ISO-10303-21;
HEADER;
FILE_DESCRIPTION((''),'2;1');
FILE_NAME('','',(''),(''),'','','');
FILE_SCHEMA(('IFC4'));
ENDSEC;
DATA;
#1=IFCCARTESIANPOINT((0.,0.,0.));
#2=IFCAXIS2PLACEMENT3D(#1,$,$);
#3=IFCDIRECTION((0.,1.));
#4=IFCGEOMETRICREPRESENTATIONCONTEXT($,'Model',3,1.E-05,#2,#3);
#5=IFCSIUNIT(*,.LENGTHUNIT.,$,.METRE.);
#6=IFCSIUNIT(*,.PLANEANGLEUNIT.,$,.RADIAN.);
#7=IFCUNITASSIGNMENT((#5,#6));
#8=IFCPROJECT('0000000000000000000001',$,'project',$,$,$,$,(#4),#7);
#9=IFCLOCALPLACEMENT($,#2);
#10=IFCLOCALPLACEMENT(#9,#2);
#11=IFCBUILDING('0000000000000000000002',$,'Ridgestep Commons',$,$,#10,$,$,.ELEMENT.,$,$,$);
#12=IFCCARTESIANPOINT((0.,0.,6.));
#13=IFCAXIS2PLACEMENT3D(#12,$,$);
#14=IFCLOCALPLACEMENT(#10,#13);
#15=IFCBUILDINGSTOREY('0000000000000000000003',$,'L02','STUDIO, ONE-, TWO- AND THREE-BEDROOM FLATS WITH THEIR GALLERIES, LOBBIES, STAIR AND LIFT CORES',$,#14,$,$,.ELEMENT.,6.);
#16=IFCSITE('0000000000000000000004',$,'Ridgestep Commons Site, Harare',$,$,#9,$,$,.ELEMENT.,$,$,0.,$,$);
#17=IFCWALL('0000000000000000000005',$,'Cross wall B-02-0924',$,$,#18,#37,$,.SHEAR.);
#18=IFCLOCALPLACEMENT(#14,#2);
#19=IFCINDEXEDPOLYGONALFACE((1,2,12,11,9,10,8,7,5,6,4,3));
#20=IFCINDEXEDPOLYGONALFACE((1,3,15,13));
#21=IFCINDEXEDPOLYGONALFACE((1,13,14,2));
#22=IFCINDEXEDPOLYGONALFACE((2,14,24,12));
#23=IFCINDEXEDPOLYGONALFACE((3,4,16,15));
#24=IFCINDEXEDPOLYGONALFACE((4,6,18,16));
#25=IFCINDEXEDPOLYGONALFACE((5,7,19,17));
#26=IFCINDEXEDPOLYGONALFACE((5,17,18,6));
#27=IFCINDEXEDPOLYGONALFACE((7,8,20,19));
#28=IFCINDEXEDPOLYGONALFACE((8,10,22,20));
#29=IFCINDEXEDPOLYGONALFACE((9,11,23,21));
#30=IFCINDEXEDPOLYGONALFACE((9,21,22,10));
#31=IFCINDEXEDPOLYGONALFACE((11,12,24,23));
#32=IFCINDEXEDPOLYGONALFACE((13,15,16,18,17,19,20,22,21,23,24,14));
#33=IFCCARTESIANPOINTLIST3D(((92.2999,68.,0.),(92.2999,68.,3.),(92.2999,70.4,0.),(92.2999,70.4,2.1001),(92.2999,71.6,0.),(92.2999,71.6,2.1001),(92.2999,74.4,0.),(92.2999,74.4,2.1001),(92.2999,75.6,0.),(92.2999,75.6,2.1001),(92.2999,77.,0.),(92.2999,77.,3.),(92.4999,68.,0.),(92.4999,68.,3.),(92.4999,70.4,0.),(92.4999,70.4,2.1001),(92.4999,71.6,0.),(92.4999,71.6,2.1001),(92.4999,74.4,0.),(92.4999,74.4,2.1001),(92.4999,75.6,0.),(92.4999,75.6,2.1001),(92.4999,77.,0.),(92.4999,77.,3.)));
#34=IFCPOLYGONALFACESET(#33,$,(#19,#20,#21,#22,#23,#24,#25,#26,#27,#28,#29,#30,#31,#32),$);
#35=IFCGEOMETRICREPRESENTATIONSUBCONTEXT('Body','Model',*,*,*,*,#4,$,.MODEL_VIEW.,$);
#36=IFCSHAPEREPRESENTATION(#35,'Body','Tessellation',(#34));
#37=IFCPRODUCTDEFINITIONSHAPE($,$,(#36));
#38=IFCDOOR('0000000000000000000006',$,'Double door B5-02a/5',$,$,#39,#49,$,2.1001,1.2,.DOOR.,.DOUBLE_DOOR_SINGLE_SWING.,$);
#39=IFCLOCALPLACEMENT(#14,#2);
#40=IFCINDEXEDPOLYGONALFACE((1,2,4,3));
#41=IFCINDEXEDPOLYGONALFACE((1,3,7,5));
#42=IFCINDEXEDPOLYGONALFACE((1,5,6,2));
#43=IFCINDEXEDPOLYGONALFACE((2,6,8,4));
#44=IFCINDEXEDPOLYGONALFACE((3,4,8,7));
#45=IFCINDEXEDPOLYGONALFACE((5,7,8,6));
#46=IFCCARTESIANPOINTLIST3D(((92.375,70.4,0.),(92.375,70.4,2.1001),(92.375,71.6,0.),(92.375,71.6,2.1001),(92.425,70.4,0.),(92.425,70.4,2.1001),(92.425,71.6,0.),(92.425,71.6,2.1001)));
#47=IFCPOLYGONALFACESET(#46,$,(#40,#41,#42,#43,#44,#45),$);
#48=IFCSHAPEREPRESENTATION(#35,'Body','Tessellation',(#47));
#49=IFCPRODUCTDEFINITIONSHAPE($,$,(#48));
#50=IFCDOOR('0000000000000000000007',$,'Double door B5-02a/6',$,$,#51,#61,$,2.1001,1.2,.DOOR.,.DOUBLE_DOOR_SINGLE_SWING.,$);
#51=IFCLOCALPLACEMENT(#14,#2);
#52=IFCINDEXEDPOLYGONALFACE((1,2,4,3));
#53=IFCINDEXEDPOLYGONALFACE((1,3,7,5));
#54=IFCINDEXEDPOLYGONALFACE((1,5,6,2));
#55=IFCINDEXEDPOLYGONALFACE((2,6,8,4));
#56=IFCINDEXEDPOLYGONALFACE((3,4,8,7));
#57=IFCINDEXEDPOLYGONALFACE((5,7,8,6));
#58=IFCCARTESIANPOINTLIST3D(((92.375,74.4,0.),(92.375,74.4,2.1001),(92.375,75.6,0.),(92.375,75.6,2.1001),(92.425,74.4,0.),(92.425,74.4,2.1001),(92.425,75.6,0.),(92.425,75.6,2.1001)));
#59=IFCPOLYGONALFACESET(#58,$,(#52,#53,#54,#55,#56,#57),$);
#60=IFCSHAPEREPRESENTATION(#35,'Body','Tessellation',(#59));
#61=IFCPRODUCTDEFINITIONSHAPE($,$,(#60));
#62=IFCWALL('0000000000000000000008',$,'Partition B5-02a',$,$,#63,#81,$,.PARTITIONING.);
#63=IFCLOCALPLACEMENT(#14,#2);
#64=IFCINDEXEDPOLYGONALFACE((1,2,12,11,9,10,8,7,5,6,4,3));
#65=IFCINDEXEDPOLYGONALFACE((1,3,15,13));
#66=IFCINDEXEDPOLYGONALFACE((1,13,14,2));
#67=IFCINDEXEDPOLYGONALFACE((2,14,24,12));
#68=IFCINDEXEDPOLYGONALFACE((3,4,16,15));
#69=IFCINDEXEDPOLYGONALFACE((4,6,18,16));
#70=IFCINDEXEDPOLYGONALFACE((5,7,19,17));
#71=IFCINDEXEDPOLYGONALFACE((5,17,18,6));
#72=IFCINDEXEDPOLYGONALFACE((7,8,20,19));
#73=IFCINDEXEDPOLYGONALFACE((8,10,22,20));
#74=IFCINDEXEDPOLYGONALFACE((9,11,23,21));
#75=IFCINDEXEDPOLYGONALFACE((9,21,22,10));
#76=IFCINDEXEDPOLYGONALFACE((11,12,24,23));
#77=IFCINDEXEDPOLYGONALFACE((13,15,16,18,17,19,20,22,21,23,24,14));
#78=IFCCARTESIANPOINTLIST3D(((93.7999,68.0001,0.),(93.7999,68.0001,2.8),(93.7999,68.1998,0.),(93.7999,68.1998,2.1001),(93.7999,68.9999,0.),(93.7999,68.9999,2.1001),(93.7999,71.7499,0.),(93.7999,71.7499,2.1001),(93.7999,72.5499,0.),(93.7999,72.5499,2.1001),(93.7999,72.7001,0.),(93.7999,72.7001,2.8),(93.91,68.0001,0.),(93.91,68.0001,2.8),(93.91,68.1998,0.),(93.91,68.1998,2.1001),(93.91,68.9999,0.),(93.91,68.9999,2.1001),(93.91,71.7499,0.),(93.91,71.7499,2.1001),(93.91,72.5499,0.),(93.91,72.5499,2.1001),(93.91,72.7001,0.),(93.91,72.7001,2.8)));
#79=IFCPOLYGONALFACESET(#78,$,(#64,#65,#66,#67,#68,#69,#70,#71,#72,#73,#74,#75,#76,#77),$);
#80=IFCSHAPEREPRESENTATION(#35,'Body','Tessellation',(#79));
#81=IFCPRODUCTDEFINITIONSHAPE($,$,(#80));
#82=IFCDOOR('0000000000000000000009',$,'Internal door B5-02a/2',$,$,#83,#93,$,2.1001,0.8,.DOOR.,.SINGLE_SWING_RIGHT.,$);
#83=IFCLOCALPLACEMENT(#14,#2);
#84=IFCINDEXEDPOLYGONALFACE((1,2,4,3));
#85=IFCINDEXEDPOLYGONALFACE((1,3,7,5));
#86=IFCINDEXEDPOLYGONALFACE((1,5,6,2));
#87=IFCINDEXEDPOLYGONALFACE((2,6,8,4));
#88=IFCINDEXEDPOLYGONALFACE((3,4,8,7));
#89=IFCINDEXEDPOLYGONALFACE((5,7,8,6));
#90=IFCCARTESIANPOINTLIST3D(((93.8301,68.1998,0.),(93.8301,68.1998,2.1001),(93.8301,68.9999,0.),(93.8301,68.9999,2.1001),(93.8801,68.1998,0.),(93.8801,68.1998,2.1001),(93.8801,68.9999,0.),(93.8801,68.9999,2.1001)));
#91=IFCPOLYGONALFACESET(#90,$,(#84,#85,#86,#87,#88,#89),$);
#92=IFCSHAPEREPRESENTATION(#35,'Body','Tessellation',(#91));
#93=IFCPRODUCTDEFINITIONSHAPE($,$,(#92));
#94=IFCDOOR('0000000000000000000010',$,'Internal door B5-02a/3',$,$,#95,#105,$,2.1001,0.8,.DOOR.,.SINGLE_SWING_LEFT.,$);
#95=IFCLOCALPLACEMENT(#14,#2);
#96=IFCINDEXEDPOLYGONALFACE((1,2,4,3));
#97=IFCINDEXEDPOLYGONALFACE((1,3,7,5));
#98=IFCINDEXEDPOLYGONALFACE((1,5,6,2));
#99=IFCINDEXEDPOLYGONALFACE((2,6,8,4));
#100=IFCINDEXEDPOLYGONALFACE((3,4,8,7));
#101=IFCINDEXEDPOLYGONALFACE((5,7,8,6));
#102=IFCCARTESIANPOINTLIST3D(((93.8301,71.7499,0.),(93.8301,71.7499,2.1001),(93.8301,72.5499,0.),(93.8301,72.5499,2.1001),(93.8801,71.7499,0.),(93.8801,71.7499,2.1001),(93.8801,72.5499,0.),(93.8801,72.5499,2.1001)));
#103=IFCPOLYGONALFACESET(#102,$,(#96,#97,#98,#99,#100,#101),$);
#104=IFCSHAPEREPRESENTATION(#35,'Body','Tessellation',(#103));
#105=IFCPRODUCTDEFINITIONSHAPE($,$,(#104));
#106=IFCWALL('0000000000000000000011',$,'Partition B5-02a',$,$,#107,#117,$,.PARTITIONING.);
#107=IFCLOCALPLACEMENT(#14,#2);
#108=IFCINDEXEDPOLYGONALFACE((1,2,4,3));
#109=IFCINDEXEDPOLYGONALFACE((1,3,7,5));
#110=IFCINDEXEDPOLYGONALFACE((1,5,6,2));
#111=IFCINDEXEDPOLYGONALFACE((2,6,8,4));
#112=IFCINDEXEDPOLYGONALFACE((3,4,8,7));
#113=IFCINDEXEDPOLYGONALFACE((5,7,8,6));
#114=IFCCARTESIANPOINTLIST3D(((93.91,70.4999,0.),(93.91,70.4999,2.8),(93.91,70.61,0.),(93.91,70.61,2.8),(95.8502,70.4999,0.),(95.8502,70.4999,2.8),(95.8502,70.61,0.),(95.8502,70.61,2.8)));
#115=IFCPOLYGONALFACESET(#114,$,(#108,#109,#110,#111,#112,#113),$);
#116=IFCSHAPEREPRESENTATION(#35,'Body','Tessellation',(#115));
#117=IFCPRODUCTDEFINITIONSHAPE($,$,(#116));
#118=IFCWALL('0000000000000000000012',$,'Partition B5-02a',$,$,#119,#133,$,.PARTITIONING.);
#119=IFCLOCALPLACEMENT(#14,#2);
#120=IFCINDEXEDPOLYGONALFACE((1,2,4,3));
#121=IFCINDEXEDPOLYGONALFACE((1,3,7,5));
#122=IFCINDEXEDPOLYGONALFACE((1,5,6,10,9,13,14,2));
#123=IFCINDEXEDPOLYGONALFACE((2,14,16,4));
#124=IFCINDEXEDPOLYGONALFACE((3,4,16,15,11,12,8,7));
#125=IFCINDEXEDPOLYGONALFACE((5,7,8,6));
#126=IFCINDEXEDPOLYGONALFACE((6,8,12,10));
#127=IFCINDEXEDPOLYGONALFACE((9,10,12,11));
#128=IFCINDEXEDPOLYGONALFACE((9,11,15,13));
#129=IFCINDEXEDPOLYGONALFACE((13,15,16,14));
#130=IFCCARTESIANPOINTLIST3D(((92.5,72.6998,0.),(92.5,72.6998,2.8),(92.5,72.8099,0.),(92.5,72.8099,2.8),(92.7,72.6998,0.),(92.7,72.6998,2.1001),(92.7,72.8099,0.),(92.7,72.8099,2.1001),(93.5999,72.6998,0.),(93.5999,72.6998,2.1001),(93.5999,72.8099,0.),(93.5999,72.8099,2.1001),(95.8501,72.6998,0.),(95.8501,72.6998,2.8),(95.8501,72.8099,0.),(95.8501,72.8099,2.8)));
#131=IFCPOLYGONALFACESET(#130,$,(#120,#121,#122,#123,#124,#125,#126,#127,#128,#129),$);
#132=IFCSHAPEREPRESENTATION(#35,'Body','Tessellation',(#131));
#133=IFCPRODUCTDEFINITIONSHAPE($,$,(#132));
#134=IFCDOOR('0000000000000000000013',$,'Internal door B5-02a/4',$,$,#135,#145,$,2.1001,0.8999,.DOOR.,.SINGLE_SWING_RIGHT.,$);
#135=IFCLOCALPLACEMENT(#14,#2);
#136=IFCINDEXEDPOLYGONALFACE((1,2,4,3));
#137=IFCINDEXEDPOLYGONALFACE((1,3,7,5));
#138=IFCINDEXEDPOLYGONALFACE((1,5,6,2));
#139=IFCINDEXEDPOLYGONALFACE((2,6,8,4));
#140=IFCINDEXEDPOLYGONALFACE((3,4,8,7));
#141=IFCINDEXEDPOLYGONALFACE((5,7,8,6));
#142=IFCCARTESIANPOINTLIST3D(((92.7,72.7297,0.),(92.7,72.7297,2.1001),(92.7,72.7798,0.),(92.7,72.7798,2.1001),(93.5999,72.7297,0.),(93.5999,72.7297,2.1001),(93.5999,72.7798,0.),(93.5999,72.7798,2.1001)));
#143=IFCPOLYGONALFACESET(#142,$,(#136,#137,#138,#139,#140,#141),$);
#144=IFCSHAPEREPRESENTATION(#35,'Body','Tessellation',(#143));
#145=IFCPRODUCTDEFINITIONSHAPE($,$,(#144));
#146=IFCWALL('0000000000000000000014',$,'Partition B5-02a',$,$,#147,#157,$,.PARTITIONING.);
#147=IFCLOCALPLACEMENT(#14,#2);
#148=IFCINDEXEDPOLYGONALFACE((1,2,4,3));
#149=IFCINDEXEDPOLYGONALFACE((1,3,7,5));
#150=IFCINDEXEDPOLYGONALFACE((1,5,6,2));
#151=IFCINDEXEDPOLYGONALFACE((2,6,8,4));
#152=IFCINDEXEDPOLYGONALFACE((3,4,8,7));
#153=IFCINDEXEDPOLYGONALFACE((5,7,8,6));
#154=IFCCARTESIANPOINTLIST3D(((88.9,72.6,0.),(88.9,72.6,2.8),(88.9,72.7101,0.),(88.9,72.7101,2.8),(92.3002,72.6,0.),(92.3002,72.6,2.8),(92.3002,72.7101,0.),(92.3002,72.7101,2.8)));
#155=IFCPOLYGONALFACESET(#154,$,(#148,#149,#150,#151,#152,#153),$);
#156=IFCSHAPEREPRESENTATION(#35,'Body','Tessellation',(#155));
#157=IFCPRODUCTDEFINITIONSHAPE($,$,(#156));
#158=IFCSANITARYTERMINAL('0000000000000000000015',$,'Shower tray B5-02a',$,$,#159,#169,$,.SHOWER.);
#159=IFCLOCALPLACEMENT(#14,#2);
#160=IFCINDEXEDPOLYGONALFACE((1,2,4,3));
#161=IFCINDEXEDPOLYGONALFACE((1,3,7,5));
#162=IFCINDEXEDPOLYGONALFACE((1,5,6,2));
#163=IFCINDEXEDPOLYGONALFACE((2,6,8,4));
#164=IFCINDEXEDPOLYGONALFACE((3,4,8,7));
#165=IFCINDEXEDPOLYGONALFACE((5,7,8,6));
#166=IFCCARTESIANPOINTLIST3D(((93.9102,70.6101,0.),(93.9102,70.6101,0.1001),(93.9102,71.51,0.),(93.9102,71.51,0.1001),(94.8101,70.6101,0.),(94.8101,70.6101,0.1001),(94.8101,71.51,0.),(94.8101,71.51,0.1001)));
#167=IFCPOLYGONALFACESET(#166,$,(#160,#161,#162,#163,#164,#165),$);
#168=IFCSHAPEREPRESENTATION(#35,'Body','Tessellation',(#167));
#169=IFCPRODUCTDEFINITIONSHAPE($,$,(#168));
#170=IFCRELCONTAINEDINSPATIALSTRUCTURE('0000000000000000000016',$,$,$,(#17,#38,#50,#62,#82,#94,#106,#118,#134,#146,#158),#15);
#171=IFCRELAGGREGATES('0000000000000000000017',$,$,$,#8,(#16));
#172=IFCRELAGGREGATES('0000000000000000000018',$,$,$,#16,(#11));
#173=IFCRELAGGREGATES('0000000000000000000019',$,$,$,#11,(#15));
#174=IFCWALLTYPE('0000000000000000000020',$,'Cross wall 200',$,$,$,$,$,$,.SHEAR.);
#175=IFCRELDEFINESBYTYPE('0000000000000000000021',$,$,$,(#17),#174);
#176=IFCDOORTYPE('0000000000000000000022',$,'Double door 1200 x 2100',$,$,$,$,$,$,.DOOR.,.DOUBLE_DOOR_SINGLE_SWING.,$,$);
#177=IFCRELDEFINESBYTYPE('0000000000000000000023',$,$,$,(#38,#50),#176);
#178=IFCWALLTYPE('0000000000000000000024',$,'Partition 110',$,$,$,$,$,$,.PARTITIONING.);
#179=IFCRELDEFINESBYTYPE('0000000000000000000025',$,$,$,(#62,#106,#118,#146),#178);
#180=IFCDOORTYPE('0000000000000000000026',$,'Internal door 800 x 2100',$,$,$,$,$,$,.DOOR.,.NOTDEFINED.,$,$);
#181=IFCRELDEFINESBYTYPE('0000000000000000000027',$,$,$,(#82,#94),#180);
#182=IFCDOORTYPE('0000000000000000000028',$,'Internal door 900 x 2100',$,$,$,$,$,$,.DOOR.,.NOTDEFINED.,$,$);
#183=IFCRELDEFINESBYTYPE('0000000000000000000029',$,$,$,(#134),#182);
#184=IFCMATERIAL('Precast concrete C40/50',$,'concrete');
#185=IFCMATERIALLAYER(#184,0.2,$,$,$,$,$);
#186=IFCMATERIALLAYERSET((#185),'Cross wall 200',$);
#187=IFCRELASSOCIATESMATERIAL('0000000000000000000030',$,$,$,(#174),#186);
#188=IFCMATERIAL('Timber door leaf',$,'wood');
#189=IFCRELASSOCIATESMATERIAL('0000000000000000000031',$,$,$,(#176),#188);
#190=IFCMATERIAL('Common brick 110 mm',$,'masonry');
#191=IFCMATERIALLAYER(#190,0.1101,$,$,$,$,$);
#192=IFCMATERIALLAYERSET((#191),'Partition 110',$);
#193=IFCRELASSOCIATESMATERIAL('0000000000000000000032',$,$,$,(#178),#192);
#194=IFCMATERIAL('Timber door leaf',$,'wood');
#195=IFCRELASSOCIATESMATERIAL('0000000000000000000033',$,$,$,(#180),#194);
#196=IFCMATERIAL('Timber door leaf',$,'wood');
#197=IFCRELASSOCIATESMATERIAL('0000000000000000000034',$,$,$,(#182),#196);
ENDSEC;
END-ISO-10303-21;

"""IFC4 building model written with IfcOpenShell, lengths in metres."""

from ifc_helpers import new_model, si_unit, direction, frame, frame_2d, origin, origin_2d, place, context, subcontext, project, spatial, rectangle, extrude, material, layer, layer_set, type_object, element, fill, save


model = new_model("IFC4")

# Units and contexts
model_context = context("Model", 3, precision=1e-05, world=origin(), true_north=direction((0.0, 1.0)))
body_context = subcontext(model_context, "Body", "Model", "MODEL_VIEW")
ifc_project = project(units=[si_unit("LENGTHUNIT", "METRE"), si_unit("PLANEANGLEUNIT", "RADIAN")], contexts=[model_context])

# Site, building, storey
site_placement = place(None, origin())
site = spatial("IfcSite", under=ifc_project, at=site_placement, Name="Ridgestep Commons Site, Harare", CompositionType="ELEMENT", RefElevation=0.0)
building_placement = place(site_placement, origin())
building = spatial("IfcBuilding", under=site, at=building_placement, Name="Ridgestep Commons", CompositionType="ELEMENT")
storey_placement = place(building_placement, frame((0.0, 0.0, 6.0)))
storey = spatial("IfcBuildingStorey", under=building, at=storey_placement, Name="L02", Description="STUDIO, ONE-, TWO- AND THREE-BEDROOM FLATS WITH THEIR GALLERIES, LOBBIES, STAIR AND LIFT CORES", CompositionType="ELEMENT", Elevation=6.0)

# Shared definitions
ifc_material_1 = material(Name="Precast concrete C40/50", Category="concrete")
ifc_layer_1 = layer(ifc_material_1, 0.2)
ifc_layer_set_1 = layer_set([ifc_layer_1], Name="Cross wall 200")
wall_type_1 = type_object("IfcWallType", Name="Cross wall 200", PredefinedType="SHEAR", material=ifc_layer_set_1)

# Walls, openings, doors
wall_1_placement = place(storey_placement, frame((92.3999, 68.0, 0.0), z_axis=(0.0, 0.0, 1.0), x_axis=(0.0, 1.0, 0.0)))
wall_1 = element("IfcWall", 1, at=wall_1_placement, inside=storey, type_object=wall_type_1, Name="Cross wall B-02-0924", PredefinedType="SHEAR", context=body_context, shape_type="SweptSolid", body=[
    extrude(rectangle(XDim=9.0, YDim=0.2, at=frame_2d((4.5, 0.0))), origin(), (0.0, 0.0, 1.0), 3.0),
])
opening_1_placement = place(wall_1_placement, frame((2.3999, 0.0, 0.0)))
opening_1 = element("IfcOpeningElement", 2, at=opening_1_placement, cuts=wall_1, PredefinedType="OPENING", context=body_context, shape_type="SweptSolid", body=[
    extrude(rectangle(XDim=1.2, YDim=2.1001, at=frame_2d((0.6001, 1.05))), frame((0.0, 0.1099, 0.0), z_axis=(0.0, -1.0, 0.0), x_axis=(1.0, 0.0, 0.0)), (0.0, 0.0, 1.0), 0.22),
])
opening_2_placement = place(wall_1_placement, frame((6.3999, 0.0, 0.0)))
opening_2 = element("IfcOpeningElement", 3, at=opening_2_placement, cuts=wall_1, PredefinedType="OPENING", context=body_context, shape_type="SweptSolid", body=[
    extrude(rectangle(XDim=1.2, YDim=2.1001, at=frame_2d((0.6001, 1.05))), frame((0.0, 0.1099, 0.0), z_axis=(0.0, -1.0, 0.0), x_axis=(1.0, 0.0, 0.0)), (0.0, 0.0, 1.0), 0.22),
])
ifc_material_2 = material(Name="Timber door leaf", Category="wood")
door_type_1 = type_object("IfcDoorType", Name="Double door 1200 x 2100", OperationType="DOUBLE_DOOR_SINGLE_SWING", PredefinedType="DOOR", material=ifc_material_2)
door_1_placement = place(opening_1_placement, origin())
door_1 = element("IfcDoor", 4, at=door_1_placement, inside=storey, type_object=door_type_1, Name="Double door B5-02a/5", OperationType="DOUBLE_DOOR_SINGLE_SWING", OverallHeight=2.1001, OverallWidth=1.2, PredefinedType="DOOR", context=body_context, shape_type="SweptSolid", body=[
    extrude(rectangle(XDim=1.2, YDim=2.1001, at=frame_2d((0.6001, 1.05))), frame((0.0, 0.0249, 0.0), z_axis=(0.0, -1.0, 0.0), x_axis=(1.0, 0.0, 0.0)), (0.0, 0.0, 1.0), 0.05),
])
fill(opening_1, door_1)
door_2_placement = place(opening_2_placement, origin())
door_2 = element("IfcDoor", 5, at=door_2_placement, inside=storey, type_object=door_type_1, Name="Double door B5-02a/6", OperationType="DOUBLE_DOOR_SINGLE_SWING", OverallHeight=2.1001, OverallWidth=1.2, PredefinedType="DOOR", context=body_context, shape_type="SweptSolid", body=[
    extrude(rectangle(XDim=1.2, YDim=2.1001, at=frame_2d((0.6001, 1.05))), frame((0.0, 0.0249, 0.0), z_axis=(0.0, -1.0, 0.0), x_axis=(1.0, 0.0, 0.0)), (0.0, 0.0, 1.0), 0.05),
])
fill(opening_2, door_2)
ifc_material_3 = material(Name="Common brick 110 mm", Category="masonry")
ifc_layer_2 = layer(ifc_material_3, 0.1101)
ifc_layer_set_2 = layer_set([ifc_layer_2], Name="Partition 110")
wall_type_2 = type_object("IfcWallType", Name="Partition 110", PredefinedType="PARTITIONING", material=ifc_layer_set_2)
wall_2_placement = place(storey_placement, frame((93.855, 68.0, 0.0), z_axis=(0.0, 0.0, 1.0), x_axis=(0.0, 1.0, 0.0)))
wall_2 = element("IfcWall", 6, at=wall_2_placement, inside=storey, type_object=wall_type_2, Name="Partition B5-02a", PredefinedType="PARTITIONING", context=body_context, shape_type="SweptSolid", body=[
    extrude(rectangle(XDim=4.7, YDim=0.1101, at=frame_2d((2.3501, 0.0))), origin(), (0.0, 0.0, 1.0), 2.8),
])
opening_3_placement = place(wall_2_placement, frame((0.2, 0.0, 0.0)))
opening_3 = element("IfcOpeningElement", 7, at=opening_3_placement, cuts=wall_2, PredefinedType="OPENING", context=body_context, shape_type="SweptSolid", body=[
    extrude(rectangle(XDim=0.8, YDim=2.1001, at=frame_2d((0.3999, 1.05))), frame((0.0, 0.0649, 0.0), z_axis=(0.0, -1.0, 0.0), x_axis=(1.0, 0.0, 0.0)), (0.0, 0.0, 1.0), 0.1301),
])
opening_4_placement = place(wall_2_placement, frame((3.75, 0.0, 0.0)))
opening_4 = element("IfcOpeningElement", 8, at=opening_4_placement, cuts=wall_2, PredefinedType="OPENING", context=body_context, shape_type="SweptSolid", body=[
    extrude(rectangle(XDim=0.8, YDim=2.1001, at=frame_2d((0.3999, 1.05))), frame((0.0, 0.0649, 0.0), z_axis=(0.0, -1.0, 0.0), x_axis=(1.0, 0.0, 0.0)), (0.0, 0.0, 1.0), 0.1301),
])
ifc_material_4 = material(Name="Timber door leaf", Category="wood")
door_type_2 = type_object("IfcDoorType", Name="Internal door 800 x 2100", OperationType="NOTDEFINED", PredefinedType="DOOR", material=ifc_material_4)
door_3_placement = place(opening_3_placement, origin())
door_3 = element("IfcDoor", 9, at=door_3_placement, inside=storey, type_object=door_type_2, Name="Internal door B5-02a/2", OperationType="SINGLE_SWING_RIGHT", OverallHeight=2.1001, OverallWidth=0.8, PredefinedType="DOOR", context=body_context, shape_type="SweptSolid", body=[
    extrude(rectangle(XDim=0.8, YDim=2.1001, at=frame_2d((0.3999, 1.05))), frame((0.0, 0.0249, 0.0), z_axis=(0.0, -1.0, 0.0), x_axis=(1.0, 0.0, 0.0)), (0.0, 0.0, 1.0), 0.05),
])
fill(opening_3, door_3)
door_4_placement = place(opening_4_placement, origin())
door_4 = element("IfcDoor", 10, at=door_4_placement, inside=storey, type_object=door_type_2, Name="Internal door B5-02a/3", OperationType="SINGLE_SWING_LEFT", OverallHeight=2.1001, OverallWidth=0.8, PredefinedType="DOOR", context=body_context, shape_type="SweptSolid", body=[
    extrude(rectangle(XDim=0.8, YDim=2.1001, at=frame_2d((0.3999, 1.05))), frame((0.0, 0.0249, 0.0), z_axis=(0.0, -1.0, 0.0), x_axis=(1.0, 0.0, 0.0)), (0.0, 0.0, 1.0), 0.05),
])
fill(opening_4, door_4)

# Wall
wall_3_placement = place(storey_placement, frame((93.9099, 70.5549, 0.0), z_axis=(0.0, 0.0, 1.0), x_axis=(1.0, 0.0, 0.0)))
element("IfcWall", 11, at=wall_3_placement, inside=storey, type_object=wall_type_2, Name="Partition B5-02a", PredefinedType="PARTITIONING", context=body_context, shape_type="SweptSolid", body=[
    extrude(rectangle(XDim=1.9402, YDim=0.1101, at=frame_2d((0.9702, 0.0))), origin(), (0.0, 0.0, 1.0), 2.8),
])

# Wall, opening, door
wall_4_placement = place(storey_placement, frame((92.5, 72.7549, 0.0), z_axis=(0.0, 0.0, 1.0), x_axis=(1.0, 0.0, 0.0)))
wall_4 = element("IfcWall", 12, at=wall_4_placement, inside=storey, type_object=wall_type_2, Name="Partition B5-02a", PredefinedType="PARTITIONING", context=body_context, shape_type="SweptSolid", body=[
    extrude(rectangle(XDim=3.3501, YDim=0.1101, at=frame_2d((1.675, 0.0))), origin(), (0.0, 0.0, 1.0), 2.8),
])
opening_5_placement = place(wall_4_placement, frame((0.2, 0.0, 0.0)))
opening_5 = element("IfcOpeningElement", 13, at=opening_5_placement, cuts=wall_4, PredefinedType="OPENING", context=body_context, shape_type="SweptSolid", body=[
    extrude(rectangle(XDim=0.8999, YDim=2.1001, at=frame_2d((0.45, 1.05))), frame((0.0, 0.0649, 0.0), z_axis=(0.0, -1.0, 0.0), x_axis=(1.0, 0.0, 0.0)), (0.0, 0.0, 1.0), 0.1301),
])
ifc_material_5 = material(Name="Timber door leaf", Category="wood")
door_type_3 = type_object("IfcDoorType", Name="Internal door 900 x 2100", OperationType="NOTDEFINED", PredefinedType="DOOR", material=ifc_material_5)
door_5_placement = place(opening_5_placement, origin())
door_5 = element("IfcDoor", 14, at=door_5_placement, inside=storey, type_object=door_type_3, Name="Internal door B5-02a/4", OperationType="SINGLE_SWING_RIGHT", OverallHeight=2.1001, OverallWidth=0.8999, PredefinedType="DOOR", context=body_context, shape_type="SweptSolid", body=[
    extrude(rectangle(XDim=0.8999, YDim=2.1001, at=frame_2d((0.45, 1.05))), frame((0.0, 0.0249, 0.0), z_axis=(0.0, -1.0, 0.0), x_axis=(1.0, 0.0, 0.0)), (0.0, 0.0, 1.0), 0.05),
])
fill(opening_5, door_5)

# Wall
wall_5_placement = place(storey_placement, frame((88.8999, 72.655, 0.0), z_axis=(0.0, 0.0, 1.0), x_axis=(1.0, 0.0, 0.0)))
element("IfcWall", 15, at=wall_5_placement, inside=storey, type_object=wall_type_2, Name="Partition B5-02a", PredefinedType="PARTITIONING", context=body_context, shape_type="SweptSolid", body=[
    extrude(rectangle(XDim=3.4001, YDim=0.1101, at=frame_2d((1.7002, 0.0))), origin(), (0.0, 0.0, 1.0), 2.8),
])

# Sanitary terminal
sanitary_terminal_1_placement = place(storey_placement, frame((94.3601, 71.0601, 0.0), z_axis=(0.0, 0.0, 1.0), x_axis=(1.0, 0.0, 0.0)))
element("IfcSanitaryTerminal", 16, at=sanitary_terminal_1_placement, inside=storey, Name="Shower tray B5-02a", PredefinedType="SHOWER", context=body_context, shape_type="SweptSolid", body=[
    extrude(rectangle(XDim=0.8999, YDim=0.8999, at=origin_2d()), origin(), (0.0, 0.0, 1.0), 0.1001),
])

save(model, "model.ifc")
